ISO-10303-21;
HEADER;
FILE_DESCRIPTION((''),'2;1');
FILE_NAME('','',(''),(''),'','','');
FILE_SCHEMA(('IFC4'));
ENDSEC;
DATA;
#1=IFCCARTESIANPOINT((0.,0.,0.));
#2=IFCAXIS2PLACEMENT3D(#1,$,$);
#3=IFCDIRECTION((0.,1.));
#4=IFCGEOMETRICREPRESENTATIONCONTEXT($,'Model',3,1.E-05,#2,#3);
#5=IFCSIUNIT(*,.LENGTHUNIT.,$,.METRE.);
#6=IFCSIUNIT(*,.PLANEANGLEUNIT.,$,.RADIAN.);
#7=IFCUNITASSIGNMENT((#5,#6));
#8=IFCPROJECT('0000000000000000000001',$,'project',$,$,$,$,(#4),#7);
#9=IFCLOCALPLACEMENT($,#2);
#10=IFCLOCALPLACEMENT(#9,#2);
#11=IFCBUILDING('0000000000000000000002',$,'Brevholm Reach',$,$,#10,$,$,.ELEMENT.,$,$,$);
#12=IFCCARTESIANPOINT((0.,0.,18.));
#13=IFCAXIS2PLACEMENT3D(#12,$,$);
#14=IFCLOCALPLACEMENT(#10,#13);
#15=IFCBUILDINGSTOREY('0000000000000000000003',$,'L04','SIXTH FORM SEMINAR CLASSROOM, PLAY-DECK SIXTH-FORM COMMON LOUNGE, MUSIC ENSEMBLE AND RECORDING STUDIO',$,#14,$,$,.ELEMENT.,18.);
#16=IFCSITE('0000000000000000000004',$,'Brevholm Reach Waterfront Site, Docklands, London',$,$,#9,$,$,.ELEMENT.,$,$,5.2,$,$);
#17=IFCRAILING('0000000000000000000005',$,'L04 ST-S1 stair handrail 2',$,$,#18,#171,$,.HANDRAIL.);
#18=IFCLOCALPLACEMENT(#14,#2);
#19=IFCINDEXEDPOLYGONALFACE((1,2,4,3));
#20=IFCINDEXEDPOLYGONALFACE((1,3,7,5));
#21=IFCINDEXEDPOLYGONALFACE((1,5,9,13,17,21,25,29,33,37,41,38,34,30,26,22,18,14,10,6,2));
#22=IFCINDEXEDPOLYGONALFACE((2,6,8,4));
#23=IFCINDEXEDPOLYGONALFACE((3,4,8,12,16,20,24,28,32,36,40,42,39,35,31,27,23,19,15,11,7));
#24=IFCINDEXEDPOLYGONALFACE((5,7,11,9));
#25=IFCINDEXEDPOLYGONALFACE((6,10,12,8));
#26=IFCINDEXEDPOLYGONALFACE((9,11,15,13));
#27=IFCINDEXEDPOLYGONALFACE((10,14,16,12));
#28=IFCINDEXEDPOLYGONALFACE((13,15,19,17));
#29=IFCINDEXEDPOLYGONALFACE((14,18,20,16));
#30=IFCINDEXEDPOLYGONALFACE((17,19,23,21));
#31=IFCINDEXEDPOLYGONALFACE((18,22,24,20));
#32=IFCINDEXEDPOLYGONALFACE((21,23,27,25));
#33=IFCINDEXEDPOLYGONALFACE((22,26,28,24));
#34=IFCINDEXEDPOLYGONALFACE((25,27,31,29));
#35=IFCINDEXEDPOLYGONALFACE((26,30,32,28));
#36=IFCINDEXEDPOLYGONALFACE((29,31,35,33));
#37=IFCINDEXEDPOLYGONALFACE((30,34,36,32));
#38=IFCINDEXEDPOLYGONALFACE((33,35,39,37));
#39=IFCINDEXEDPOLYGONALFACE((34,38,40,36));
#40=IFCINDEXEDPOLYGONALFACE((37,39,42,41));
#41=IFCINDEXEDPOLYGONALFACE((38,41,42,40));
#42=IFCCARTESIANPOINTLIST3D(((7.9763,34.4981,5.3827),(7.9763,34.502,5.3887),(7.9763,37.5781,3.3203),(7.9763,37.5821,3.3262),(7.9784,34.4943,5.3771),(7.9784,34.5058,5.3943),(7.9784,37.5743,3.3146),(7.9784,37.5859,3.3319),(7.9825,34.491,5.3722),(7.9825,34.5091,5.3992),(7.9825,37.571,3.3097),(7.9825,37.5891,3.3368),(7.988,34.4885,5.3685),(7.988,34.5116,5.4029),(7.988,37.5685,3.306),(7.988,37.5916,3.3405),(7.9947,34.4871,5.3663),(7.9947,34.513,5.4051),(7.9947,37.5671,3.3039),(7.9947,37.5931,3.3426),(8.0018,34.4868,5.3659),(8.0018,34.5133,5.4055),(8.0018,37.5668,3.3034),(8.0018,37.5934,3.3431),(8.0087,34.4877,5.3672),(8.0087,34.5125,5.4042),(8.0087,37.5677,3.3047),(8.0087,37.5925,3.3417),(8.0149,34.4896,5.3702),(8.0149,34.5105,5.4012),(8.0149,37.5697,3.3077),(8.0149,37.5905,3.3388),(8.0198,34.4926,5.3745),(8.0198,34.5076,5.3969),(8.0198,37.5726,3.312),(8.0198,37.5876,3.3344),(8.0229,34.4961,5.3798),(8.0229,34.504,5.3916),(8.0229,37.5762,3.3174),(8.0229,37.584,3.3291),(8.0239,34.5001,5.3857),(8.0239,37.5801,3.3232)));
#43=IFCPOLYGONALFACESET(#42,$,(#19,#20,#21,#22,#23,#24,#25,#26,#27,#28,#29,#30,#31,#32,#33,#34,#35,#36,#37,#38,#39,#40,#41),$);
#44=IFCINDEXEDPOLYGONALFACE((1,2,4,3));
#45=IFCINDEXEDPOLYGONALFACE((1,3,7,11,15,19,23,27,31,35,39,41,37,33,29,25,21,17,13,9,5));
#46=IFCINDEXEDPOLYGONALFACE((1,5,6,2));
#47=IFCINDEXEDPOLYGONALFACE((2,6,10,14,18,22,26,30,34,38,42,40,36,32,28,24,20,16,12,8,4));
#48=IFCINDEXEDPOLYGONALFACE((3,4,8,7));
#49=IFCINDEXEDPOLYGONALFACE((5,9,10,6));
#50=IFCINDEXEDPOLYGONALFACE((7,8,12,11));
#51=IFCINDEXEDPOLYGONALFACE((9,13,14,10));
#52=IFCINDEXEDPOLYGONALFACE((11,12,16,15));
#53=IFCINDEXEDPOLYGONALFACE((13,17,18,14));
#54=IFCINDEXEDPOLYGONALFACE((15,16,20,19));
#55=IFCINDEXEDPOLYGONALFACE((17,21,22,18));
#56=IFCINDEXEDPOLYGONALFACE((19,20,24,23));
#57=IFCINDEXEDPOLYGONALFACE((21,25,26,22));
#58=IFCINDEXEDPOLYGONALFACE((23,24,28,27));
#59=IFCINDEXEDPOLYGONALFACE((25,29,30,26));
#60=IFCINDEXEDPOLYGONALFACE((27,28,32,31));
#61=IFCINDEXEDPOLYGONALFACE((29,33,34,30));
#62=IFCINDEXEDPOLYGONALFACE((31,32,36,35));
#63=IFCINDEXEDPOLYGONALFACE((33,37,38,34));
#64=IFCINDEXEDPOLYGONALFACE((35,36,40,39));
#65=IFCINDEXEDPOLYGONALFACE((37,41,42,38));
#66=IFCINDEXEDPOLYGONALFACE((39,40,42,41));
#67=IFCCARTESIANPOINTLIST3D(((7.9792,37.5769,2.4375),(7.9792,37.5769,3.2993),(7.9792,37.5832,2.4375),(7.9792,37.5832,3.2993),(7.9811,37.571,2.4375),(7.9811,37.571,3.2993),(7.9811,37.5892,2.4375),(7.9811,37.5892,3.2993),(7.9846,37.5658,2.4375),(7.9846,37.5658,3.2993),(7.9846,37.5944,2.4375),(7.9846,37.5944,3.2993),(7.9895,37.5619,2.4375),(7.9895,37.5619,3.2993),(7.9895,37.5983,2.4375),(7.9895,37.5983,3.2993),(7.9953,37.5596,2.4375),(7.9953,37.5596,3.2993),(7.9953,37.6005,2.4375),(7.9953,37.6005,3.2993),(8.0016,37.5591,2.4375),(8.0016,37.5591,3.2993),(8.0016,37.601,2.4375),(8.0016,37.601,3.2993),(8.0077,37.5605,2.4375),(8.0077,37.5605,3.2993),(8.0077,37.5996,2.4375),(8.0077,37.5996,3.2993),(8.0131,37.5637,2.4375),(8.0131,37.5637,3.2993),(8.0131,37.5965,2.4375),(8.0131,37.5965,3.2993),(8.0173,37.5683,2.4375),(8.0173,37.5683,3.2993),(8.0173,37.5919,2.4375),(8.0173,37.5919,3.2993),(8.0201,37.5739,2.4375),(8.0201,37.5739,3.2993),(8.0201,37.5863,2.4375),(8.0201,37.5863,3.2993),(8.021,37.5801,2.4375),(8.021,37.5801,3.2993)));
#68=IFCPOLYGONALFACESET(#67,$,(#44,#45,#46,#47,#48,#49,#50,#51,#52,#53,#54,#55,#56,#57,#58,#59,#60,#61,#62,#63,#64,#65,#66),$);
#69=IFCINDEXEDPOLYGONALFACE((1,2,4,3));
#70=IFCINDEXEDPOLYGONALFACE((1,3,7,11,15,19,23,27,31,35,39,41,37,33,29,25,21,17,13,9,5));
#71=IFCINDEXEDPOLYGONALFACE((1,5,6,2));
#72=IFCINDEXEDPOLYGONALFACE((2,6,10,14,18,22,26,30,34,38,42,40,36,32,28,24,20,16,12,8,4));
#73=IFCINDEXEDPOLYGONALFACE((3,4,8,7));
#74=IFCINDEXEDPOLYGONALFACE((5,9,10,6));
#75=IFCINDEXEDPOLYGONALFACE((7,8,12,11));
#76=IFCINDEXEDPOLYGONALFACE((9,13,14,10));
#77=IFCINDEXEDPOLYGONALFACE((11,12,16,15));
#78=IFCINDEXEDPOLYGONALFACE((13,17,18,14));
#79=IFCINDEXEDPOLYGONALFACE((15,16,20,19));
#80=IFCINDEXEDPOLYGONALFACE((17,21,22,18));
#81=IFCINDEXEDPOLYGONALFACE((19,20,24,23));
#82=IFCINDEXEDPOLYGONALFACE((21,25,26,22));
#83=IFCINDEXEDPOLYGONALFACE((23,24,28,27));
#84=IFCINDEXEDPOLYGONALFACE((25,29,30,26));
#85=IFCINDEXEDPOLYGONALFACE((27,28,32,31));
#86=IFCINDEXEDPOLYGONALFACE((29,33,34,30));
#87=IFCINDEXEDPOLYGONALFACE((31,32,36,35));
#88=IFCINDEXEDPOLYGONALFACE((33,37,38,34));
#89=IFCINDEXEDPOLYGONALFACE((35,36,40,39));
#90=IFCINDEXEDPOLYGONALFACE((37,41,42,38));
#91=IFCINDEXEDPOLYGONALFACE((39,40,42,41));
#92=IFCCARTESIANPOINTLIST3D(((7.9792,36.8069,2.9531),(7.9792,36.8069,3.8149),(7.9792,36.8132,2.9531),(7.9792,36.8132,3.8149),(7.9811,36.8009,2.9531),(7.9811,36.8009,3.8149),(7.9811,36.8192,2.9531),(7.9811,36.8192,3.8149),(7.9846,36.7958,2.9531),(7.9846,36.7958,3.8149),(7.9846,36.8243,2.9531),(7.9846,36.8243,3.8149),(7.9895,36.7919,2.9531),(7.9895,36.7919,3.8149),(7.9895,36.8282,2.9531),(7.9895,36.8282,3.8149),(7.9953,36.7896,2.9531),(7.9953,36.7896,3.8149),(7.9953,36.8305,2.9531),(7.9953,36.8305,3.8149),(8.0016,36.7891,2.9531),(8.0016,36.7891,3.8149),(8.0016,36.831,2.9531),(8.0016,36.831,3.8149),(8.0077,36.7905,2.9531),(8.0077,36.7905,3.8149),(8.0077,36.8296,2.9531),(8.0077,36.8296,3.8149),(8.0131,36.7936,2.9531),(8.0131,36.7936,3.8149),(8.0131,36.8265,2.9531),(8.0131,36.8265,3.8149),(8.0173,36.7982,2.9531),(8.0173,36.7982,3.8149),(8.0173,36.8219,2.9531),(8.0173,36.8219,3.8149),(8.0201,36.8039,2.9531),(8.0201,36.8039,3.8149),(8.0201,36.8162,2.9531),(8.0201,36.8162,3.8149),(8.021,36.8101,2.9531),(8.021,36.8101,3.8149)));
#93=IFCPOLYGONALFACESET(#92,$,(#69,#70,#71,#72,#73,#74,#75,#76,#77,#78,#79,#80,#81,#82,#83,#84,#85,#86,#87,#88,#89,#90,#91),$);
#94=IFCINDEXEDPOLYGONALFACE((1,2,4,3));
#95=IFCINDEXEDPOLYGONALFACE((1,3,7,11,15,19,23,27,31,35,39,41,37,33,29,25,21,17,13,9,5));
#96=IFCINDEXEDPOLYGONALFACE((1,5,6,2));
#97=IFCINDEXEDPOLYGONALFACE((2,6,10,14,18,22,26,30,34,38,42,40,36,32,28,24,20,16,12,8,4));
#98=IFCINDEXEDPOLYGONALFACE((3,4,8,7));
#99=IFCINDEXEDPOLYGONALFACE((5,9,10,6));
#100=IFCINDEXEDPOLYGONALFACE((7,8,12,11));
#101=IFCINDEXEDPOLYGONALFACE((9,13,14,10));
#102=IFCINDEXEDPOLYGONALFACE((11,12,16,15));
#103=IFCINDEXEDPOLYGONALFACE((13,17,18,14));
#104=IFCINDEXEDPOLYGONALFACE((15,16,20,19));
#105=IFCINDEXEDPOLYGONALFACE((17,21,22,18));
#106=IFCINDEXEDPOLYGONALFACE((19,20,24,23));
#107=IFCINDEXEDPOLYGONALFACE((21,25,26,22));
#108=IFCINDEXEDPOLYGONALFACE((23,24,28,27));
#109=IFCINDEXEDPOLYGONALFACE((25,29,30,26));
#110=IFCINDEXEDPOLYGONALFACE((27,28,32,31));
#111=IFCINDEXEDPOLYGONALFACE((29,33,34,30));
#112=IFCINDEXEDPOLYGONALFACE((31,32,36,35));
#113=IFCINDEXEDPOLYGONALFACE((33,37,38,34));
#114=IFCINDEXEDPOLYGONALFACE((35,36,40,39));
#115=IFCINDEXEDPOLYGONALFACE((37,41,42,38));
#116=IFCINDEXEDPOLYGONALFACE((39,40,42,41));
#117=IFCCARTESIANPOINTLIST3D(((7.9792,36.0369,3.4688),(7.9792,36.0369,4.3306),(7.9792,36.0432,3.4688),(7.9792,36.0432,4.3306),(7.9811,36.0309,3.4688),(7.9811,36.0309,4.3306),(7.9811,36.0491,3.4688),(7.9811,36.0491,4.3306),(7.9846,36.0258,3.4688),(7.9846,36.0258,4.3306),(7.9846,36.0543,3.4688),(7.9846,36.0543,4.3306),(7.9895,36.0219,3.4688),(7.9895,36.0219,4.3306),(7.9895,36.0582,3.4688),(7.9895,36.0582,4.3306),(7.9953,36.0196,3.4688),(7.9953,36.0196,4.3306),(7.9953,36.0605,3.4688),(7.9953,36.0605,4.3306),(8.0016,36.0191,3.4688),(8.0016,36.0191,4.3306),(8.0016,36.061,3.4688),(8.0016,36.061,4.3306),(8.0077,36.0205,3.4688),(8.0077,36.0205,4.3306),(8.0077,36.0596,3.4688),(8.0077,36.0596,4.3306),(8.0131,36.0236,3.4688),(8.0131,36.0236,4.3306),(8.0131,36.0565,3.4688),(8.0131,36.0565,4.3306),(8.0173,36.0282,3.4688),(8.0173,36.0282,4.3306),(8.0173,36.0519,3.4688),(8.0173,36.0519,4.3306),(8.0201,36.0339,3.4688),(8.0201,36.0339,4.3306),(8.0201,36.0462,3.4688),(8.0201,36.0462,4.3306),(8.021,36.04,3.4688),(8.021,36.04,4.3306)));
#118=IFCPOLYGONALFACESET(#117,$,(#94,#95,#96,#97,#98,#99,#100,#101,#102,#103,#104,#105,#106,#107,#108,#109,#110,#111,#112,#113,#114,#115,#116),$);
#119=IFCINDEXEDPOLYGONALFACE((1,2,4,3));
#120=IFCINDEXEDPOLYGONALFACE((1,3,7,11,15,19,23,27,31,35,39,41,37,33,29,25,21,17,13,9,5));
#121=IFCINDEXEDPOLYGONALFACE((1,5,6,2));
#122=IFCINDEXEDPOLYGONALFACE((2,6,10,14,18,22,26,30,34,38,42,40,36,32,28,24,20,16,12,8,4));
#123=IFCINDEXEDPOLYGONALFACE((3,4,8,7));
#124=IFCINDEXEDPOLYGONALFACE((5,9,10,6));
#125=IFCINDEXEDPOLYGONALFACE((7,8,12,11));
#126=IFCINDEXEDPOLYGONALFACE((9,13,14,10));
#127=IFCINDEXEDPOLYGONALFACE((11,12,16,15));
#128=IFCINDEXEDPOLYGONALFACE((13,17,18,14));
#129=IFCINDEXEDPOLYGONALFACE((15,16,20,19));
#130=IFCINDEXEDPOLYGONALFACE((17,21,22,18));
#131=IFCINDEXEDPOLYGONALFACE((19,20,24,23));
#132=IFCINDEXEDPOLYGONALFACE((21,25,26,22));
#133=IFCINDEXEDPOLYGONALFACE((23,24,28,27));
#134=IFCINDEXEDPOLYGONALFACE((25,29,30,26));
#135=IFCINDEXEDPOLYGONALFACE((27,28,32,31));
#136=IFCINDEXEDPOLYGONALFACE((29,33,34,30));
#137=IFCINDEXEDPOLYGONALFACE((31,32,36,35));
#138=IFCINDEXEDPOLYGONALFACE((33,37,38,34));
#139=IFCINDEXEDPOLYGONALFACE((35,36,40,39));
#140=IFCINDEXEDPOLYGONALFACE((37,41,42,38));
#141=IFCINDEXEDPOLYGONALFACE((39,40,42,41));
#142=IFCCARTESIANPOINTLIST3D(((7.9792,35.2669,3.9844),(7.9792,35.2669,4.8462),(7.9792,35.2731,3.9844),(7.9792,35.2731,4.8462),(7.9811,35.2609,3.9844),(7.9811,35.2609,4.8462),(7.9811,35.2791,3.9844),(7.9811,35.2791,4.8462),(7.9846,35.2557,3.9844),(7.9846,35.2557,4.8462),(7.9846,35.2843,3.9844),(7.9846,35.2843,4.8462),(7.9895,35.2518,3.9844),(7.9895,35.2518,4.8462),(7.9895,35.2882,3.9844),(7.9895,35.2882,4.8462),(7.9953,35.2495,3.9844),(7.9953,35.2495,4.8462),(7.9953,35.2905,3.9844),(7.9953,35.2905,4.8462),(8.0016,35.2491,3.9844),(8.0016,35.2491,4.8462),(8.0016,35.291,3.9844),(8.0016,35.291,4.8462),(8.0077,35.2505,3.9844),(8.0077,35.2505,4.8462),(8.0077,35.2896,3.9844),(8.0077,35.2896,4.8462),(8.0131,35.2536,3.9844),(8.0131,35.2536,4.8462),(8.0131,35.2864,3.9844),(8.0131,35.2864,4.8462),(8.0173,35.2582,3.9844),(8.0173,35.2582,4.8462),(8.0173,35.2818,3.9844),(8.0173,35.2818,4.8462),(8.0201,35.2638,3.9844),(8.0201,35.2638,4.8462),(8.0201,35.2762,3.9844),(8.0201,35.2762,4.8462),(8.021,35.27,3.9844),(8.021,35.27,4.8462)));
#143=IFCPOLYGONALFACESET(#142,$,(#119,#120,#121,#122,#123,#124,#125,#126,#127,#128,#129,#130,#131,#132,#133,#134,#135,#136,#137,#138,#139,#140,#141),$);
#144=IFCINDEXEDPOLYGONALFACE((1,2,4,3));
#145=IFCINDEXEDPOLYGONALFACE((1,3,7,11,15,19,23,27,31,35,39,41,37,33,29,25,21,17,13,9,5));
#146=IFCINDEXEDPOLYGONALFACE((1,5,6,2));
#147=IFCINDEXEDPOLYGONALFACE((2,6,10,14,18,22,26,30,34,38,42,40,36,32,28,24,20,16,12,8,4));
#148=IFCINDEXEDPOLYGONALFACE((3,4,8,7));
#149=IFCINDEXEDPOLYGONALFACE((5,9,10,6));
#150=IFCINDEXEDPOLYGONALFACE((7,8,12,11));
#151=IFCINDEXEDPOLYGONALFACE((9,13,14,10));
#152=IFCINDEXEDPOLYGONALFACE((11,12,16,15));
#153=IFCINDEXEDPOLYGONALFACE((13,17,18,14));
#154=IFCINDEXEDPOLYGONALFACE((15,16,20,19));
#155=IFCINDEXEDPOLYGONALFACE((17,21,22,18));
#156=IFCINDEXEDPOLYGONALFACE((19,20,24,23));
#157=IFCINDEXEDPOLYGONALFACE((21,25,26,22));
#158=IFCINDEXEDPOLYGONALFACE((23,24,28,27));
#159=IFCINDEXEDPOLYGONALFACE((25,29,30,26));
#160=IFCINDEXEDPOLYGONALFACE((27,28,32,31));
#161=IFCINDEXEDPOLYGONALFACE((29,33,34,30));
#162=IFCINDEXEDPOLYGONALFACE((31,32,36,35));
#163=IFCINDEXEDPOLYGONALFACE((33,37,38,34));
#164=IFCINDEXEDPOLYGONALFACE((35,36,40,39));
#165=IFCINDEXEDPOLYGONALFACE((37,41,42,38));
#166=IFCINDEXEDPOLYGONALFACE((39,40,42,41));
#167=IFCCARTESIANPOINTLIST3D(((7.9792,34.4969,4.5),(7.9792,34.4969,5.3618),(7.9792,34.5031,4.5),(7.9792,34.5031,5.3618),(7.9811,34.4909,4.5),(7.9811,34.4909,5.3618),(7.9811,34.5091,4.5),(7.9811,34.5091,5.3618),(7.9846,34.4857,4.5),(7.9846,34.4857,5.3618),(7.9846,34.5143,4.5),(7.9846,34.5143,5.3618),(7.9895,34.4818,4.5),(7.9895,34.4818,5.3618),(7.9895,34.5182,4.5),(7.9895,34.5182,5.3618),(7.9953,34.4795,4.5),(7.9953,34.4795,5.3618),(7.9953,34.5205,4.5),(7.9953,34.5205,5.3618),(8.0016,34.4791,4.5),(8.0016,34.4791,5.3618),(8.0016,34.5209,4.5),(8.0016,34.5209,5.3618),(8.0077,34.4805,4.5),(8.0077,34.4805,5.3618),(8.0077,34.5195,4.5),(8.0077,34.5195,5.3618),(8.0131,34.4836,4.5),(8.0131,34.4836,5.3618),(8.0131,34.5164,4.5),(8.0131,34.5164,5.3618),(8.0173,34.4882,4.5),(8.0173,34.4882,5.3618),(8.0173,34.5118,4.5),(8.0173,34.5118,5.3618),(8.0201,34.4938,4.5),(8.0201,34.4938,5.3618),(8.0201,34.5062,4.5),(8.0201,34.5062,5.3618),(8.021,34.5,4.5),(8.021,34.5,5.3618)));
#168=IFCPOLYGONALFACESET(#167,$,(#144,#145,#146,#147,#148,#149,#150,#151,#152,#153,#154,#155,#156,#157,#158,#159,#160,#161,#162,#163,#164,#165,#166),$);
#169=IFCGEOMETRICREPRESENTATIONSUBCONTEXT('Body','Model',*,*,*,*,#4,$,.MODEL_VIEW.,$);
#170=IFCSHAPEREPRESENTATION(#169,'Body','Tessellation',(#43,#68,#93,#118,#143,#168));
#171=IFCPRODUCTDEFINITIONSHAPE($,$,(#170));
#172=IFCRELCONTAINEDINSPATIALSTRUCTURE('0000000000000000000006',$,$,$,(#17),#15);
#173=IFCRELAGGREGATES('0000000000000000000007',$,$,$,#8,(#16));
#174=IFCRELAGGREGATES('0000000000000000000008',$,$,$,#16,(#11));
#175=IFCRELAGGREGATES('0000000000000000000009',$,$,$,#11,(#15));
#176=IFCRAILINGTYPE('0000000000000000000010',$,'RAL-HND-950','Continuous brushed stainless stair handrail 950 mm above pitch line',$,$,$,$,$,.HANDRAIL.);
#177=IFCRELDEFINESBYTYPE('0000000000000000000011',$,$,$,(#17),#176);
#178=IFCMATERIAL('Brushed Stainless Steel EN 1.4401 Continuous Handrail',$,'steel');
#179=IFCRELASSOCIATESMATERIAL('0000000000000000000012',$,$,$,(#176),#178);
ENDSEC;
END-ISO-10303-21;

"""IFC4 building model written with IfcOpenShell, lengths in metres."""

from ifc_helpers import new_model, si_unit, direction, frame, origin, origin_2d, place, context, subcontext, project, spatial, circle, extrude, material, type_object, element, save


model = new_model("IFC4")

# Units and contexts
model_context = context("Model", 3, precision=1e-05, world=origin(), true_north=direction((0.0, 1.0)))
body_context = subcontext(model_context, "Body", "Model", "MODEL_VIEW")
ifc_project = project(units=[si_unit("LENGTHUNIT", "METRE"), si_unit("PLANEANGLEUNIT", "RADIAN")], contexts=[model_context])

# Site, building, storey
site_placement = place(None, origin())
site = spatial("IfcSite", under=ifc_project, at=site_placement, Name="Brevholm Reach Waterfront Site, Docklands, London", CompositionType="ELEMENT", RefElevation=5.2)
building_placement = place(site_placement, origin())
building = spatial("IfcBuilding", under=site, at=building_placement, Name="Brevholm Reach", CompositionType="ELEMENT")
storey_placement = place(building_placement, frame((0.0, 0.0, 18.0)))
storey = spatial("IfcBuildingStorey", under=building, at=storey_placement, Name="L04", Description="SIXTH FORM SEMINAR CLASSROOM, PLAY-DECK SIXTH-FORM COMMON LOUNGE, MUSIC ENSEMBLE AND RECORDING STUDIO", CompositionType="ELEMENT", Elevation=18.0)

# Railing
ifc_material_1 = material(Name="Brushed Stainless Steel EN 1.4401 Continuous Handrail", Category="steel")
railing_type_1 = type_object("IfcRailingType", Name="RAL-HND-950", Description="Continuous brushed stainless stair handrail 950 mm above pitch line", PredefinedType="HANDRAIL", material=ifc_material_1)
railing_1_placement = place(storey_placement, frame((8.0, 37.5801, 2.4375)))
element("IfcRailing", 1, at=railing_1_placement, inside=storey, type_object=railing_type_1, Name="L04 ST-S1 stair handrail 2", PredefinedType="HANDRAIL", context=body_context, shape_type="SweptSolid", body=[
    extrude(circle(Radius=0.0239, at=origin_2d()), frame((0.0, 0.0, 0.8857), z_axis=(0.0, -0.830914, 0.556401), x_axis=(1.0, 0.0, 0.0)), (0.0, 0.0, 1.0), 3.7068),
    extrude(circle(Radius=0.021, at=origin_2d()), origin(), (0.0, 0.0, 1.0), 0.8618),
    extrude(circle(Radius=0.021, at=origin_2d()), frame((0.0, -0.77, 0.5156)), (0.0, 0.0, 1.0), 0.8618),
    extrude(circle(Radius=0.021, at=origin_2d()), frame((0.0, -1.54, 1.0312)), (0.0, 0.0, 1.0), 0.8618),
    extrude(circle(Radius=0.021, at=origin_2d()), frame((0.0, -2.3101, 1.5469)), (0.0, 0.0, 1.0), 0.8618),
    extrude(circle(Radius=0.021, at=origin_2d()), frame((0.0, -3.0801, 2.0625)), (0.0, 0.0, 1.0), 0.8618),
])

save(model, "model.ifc")
